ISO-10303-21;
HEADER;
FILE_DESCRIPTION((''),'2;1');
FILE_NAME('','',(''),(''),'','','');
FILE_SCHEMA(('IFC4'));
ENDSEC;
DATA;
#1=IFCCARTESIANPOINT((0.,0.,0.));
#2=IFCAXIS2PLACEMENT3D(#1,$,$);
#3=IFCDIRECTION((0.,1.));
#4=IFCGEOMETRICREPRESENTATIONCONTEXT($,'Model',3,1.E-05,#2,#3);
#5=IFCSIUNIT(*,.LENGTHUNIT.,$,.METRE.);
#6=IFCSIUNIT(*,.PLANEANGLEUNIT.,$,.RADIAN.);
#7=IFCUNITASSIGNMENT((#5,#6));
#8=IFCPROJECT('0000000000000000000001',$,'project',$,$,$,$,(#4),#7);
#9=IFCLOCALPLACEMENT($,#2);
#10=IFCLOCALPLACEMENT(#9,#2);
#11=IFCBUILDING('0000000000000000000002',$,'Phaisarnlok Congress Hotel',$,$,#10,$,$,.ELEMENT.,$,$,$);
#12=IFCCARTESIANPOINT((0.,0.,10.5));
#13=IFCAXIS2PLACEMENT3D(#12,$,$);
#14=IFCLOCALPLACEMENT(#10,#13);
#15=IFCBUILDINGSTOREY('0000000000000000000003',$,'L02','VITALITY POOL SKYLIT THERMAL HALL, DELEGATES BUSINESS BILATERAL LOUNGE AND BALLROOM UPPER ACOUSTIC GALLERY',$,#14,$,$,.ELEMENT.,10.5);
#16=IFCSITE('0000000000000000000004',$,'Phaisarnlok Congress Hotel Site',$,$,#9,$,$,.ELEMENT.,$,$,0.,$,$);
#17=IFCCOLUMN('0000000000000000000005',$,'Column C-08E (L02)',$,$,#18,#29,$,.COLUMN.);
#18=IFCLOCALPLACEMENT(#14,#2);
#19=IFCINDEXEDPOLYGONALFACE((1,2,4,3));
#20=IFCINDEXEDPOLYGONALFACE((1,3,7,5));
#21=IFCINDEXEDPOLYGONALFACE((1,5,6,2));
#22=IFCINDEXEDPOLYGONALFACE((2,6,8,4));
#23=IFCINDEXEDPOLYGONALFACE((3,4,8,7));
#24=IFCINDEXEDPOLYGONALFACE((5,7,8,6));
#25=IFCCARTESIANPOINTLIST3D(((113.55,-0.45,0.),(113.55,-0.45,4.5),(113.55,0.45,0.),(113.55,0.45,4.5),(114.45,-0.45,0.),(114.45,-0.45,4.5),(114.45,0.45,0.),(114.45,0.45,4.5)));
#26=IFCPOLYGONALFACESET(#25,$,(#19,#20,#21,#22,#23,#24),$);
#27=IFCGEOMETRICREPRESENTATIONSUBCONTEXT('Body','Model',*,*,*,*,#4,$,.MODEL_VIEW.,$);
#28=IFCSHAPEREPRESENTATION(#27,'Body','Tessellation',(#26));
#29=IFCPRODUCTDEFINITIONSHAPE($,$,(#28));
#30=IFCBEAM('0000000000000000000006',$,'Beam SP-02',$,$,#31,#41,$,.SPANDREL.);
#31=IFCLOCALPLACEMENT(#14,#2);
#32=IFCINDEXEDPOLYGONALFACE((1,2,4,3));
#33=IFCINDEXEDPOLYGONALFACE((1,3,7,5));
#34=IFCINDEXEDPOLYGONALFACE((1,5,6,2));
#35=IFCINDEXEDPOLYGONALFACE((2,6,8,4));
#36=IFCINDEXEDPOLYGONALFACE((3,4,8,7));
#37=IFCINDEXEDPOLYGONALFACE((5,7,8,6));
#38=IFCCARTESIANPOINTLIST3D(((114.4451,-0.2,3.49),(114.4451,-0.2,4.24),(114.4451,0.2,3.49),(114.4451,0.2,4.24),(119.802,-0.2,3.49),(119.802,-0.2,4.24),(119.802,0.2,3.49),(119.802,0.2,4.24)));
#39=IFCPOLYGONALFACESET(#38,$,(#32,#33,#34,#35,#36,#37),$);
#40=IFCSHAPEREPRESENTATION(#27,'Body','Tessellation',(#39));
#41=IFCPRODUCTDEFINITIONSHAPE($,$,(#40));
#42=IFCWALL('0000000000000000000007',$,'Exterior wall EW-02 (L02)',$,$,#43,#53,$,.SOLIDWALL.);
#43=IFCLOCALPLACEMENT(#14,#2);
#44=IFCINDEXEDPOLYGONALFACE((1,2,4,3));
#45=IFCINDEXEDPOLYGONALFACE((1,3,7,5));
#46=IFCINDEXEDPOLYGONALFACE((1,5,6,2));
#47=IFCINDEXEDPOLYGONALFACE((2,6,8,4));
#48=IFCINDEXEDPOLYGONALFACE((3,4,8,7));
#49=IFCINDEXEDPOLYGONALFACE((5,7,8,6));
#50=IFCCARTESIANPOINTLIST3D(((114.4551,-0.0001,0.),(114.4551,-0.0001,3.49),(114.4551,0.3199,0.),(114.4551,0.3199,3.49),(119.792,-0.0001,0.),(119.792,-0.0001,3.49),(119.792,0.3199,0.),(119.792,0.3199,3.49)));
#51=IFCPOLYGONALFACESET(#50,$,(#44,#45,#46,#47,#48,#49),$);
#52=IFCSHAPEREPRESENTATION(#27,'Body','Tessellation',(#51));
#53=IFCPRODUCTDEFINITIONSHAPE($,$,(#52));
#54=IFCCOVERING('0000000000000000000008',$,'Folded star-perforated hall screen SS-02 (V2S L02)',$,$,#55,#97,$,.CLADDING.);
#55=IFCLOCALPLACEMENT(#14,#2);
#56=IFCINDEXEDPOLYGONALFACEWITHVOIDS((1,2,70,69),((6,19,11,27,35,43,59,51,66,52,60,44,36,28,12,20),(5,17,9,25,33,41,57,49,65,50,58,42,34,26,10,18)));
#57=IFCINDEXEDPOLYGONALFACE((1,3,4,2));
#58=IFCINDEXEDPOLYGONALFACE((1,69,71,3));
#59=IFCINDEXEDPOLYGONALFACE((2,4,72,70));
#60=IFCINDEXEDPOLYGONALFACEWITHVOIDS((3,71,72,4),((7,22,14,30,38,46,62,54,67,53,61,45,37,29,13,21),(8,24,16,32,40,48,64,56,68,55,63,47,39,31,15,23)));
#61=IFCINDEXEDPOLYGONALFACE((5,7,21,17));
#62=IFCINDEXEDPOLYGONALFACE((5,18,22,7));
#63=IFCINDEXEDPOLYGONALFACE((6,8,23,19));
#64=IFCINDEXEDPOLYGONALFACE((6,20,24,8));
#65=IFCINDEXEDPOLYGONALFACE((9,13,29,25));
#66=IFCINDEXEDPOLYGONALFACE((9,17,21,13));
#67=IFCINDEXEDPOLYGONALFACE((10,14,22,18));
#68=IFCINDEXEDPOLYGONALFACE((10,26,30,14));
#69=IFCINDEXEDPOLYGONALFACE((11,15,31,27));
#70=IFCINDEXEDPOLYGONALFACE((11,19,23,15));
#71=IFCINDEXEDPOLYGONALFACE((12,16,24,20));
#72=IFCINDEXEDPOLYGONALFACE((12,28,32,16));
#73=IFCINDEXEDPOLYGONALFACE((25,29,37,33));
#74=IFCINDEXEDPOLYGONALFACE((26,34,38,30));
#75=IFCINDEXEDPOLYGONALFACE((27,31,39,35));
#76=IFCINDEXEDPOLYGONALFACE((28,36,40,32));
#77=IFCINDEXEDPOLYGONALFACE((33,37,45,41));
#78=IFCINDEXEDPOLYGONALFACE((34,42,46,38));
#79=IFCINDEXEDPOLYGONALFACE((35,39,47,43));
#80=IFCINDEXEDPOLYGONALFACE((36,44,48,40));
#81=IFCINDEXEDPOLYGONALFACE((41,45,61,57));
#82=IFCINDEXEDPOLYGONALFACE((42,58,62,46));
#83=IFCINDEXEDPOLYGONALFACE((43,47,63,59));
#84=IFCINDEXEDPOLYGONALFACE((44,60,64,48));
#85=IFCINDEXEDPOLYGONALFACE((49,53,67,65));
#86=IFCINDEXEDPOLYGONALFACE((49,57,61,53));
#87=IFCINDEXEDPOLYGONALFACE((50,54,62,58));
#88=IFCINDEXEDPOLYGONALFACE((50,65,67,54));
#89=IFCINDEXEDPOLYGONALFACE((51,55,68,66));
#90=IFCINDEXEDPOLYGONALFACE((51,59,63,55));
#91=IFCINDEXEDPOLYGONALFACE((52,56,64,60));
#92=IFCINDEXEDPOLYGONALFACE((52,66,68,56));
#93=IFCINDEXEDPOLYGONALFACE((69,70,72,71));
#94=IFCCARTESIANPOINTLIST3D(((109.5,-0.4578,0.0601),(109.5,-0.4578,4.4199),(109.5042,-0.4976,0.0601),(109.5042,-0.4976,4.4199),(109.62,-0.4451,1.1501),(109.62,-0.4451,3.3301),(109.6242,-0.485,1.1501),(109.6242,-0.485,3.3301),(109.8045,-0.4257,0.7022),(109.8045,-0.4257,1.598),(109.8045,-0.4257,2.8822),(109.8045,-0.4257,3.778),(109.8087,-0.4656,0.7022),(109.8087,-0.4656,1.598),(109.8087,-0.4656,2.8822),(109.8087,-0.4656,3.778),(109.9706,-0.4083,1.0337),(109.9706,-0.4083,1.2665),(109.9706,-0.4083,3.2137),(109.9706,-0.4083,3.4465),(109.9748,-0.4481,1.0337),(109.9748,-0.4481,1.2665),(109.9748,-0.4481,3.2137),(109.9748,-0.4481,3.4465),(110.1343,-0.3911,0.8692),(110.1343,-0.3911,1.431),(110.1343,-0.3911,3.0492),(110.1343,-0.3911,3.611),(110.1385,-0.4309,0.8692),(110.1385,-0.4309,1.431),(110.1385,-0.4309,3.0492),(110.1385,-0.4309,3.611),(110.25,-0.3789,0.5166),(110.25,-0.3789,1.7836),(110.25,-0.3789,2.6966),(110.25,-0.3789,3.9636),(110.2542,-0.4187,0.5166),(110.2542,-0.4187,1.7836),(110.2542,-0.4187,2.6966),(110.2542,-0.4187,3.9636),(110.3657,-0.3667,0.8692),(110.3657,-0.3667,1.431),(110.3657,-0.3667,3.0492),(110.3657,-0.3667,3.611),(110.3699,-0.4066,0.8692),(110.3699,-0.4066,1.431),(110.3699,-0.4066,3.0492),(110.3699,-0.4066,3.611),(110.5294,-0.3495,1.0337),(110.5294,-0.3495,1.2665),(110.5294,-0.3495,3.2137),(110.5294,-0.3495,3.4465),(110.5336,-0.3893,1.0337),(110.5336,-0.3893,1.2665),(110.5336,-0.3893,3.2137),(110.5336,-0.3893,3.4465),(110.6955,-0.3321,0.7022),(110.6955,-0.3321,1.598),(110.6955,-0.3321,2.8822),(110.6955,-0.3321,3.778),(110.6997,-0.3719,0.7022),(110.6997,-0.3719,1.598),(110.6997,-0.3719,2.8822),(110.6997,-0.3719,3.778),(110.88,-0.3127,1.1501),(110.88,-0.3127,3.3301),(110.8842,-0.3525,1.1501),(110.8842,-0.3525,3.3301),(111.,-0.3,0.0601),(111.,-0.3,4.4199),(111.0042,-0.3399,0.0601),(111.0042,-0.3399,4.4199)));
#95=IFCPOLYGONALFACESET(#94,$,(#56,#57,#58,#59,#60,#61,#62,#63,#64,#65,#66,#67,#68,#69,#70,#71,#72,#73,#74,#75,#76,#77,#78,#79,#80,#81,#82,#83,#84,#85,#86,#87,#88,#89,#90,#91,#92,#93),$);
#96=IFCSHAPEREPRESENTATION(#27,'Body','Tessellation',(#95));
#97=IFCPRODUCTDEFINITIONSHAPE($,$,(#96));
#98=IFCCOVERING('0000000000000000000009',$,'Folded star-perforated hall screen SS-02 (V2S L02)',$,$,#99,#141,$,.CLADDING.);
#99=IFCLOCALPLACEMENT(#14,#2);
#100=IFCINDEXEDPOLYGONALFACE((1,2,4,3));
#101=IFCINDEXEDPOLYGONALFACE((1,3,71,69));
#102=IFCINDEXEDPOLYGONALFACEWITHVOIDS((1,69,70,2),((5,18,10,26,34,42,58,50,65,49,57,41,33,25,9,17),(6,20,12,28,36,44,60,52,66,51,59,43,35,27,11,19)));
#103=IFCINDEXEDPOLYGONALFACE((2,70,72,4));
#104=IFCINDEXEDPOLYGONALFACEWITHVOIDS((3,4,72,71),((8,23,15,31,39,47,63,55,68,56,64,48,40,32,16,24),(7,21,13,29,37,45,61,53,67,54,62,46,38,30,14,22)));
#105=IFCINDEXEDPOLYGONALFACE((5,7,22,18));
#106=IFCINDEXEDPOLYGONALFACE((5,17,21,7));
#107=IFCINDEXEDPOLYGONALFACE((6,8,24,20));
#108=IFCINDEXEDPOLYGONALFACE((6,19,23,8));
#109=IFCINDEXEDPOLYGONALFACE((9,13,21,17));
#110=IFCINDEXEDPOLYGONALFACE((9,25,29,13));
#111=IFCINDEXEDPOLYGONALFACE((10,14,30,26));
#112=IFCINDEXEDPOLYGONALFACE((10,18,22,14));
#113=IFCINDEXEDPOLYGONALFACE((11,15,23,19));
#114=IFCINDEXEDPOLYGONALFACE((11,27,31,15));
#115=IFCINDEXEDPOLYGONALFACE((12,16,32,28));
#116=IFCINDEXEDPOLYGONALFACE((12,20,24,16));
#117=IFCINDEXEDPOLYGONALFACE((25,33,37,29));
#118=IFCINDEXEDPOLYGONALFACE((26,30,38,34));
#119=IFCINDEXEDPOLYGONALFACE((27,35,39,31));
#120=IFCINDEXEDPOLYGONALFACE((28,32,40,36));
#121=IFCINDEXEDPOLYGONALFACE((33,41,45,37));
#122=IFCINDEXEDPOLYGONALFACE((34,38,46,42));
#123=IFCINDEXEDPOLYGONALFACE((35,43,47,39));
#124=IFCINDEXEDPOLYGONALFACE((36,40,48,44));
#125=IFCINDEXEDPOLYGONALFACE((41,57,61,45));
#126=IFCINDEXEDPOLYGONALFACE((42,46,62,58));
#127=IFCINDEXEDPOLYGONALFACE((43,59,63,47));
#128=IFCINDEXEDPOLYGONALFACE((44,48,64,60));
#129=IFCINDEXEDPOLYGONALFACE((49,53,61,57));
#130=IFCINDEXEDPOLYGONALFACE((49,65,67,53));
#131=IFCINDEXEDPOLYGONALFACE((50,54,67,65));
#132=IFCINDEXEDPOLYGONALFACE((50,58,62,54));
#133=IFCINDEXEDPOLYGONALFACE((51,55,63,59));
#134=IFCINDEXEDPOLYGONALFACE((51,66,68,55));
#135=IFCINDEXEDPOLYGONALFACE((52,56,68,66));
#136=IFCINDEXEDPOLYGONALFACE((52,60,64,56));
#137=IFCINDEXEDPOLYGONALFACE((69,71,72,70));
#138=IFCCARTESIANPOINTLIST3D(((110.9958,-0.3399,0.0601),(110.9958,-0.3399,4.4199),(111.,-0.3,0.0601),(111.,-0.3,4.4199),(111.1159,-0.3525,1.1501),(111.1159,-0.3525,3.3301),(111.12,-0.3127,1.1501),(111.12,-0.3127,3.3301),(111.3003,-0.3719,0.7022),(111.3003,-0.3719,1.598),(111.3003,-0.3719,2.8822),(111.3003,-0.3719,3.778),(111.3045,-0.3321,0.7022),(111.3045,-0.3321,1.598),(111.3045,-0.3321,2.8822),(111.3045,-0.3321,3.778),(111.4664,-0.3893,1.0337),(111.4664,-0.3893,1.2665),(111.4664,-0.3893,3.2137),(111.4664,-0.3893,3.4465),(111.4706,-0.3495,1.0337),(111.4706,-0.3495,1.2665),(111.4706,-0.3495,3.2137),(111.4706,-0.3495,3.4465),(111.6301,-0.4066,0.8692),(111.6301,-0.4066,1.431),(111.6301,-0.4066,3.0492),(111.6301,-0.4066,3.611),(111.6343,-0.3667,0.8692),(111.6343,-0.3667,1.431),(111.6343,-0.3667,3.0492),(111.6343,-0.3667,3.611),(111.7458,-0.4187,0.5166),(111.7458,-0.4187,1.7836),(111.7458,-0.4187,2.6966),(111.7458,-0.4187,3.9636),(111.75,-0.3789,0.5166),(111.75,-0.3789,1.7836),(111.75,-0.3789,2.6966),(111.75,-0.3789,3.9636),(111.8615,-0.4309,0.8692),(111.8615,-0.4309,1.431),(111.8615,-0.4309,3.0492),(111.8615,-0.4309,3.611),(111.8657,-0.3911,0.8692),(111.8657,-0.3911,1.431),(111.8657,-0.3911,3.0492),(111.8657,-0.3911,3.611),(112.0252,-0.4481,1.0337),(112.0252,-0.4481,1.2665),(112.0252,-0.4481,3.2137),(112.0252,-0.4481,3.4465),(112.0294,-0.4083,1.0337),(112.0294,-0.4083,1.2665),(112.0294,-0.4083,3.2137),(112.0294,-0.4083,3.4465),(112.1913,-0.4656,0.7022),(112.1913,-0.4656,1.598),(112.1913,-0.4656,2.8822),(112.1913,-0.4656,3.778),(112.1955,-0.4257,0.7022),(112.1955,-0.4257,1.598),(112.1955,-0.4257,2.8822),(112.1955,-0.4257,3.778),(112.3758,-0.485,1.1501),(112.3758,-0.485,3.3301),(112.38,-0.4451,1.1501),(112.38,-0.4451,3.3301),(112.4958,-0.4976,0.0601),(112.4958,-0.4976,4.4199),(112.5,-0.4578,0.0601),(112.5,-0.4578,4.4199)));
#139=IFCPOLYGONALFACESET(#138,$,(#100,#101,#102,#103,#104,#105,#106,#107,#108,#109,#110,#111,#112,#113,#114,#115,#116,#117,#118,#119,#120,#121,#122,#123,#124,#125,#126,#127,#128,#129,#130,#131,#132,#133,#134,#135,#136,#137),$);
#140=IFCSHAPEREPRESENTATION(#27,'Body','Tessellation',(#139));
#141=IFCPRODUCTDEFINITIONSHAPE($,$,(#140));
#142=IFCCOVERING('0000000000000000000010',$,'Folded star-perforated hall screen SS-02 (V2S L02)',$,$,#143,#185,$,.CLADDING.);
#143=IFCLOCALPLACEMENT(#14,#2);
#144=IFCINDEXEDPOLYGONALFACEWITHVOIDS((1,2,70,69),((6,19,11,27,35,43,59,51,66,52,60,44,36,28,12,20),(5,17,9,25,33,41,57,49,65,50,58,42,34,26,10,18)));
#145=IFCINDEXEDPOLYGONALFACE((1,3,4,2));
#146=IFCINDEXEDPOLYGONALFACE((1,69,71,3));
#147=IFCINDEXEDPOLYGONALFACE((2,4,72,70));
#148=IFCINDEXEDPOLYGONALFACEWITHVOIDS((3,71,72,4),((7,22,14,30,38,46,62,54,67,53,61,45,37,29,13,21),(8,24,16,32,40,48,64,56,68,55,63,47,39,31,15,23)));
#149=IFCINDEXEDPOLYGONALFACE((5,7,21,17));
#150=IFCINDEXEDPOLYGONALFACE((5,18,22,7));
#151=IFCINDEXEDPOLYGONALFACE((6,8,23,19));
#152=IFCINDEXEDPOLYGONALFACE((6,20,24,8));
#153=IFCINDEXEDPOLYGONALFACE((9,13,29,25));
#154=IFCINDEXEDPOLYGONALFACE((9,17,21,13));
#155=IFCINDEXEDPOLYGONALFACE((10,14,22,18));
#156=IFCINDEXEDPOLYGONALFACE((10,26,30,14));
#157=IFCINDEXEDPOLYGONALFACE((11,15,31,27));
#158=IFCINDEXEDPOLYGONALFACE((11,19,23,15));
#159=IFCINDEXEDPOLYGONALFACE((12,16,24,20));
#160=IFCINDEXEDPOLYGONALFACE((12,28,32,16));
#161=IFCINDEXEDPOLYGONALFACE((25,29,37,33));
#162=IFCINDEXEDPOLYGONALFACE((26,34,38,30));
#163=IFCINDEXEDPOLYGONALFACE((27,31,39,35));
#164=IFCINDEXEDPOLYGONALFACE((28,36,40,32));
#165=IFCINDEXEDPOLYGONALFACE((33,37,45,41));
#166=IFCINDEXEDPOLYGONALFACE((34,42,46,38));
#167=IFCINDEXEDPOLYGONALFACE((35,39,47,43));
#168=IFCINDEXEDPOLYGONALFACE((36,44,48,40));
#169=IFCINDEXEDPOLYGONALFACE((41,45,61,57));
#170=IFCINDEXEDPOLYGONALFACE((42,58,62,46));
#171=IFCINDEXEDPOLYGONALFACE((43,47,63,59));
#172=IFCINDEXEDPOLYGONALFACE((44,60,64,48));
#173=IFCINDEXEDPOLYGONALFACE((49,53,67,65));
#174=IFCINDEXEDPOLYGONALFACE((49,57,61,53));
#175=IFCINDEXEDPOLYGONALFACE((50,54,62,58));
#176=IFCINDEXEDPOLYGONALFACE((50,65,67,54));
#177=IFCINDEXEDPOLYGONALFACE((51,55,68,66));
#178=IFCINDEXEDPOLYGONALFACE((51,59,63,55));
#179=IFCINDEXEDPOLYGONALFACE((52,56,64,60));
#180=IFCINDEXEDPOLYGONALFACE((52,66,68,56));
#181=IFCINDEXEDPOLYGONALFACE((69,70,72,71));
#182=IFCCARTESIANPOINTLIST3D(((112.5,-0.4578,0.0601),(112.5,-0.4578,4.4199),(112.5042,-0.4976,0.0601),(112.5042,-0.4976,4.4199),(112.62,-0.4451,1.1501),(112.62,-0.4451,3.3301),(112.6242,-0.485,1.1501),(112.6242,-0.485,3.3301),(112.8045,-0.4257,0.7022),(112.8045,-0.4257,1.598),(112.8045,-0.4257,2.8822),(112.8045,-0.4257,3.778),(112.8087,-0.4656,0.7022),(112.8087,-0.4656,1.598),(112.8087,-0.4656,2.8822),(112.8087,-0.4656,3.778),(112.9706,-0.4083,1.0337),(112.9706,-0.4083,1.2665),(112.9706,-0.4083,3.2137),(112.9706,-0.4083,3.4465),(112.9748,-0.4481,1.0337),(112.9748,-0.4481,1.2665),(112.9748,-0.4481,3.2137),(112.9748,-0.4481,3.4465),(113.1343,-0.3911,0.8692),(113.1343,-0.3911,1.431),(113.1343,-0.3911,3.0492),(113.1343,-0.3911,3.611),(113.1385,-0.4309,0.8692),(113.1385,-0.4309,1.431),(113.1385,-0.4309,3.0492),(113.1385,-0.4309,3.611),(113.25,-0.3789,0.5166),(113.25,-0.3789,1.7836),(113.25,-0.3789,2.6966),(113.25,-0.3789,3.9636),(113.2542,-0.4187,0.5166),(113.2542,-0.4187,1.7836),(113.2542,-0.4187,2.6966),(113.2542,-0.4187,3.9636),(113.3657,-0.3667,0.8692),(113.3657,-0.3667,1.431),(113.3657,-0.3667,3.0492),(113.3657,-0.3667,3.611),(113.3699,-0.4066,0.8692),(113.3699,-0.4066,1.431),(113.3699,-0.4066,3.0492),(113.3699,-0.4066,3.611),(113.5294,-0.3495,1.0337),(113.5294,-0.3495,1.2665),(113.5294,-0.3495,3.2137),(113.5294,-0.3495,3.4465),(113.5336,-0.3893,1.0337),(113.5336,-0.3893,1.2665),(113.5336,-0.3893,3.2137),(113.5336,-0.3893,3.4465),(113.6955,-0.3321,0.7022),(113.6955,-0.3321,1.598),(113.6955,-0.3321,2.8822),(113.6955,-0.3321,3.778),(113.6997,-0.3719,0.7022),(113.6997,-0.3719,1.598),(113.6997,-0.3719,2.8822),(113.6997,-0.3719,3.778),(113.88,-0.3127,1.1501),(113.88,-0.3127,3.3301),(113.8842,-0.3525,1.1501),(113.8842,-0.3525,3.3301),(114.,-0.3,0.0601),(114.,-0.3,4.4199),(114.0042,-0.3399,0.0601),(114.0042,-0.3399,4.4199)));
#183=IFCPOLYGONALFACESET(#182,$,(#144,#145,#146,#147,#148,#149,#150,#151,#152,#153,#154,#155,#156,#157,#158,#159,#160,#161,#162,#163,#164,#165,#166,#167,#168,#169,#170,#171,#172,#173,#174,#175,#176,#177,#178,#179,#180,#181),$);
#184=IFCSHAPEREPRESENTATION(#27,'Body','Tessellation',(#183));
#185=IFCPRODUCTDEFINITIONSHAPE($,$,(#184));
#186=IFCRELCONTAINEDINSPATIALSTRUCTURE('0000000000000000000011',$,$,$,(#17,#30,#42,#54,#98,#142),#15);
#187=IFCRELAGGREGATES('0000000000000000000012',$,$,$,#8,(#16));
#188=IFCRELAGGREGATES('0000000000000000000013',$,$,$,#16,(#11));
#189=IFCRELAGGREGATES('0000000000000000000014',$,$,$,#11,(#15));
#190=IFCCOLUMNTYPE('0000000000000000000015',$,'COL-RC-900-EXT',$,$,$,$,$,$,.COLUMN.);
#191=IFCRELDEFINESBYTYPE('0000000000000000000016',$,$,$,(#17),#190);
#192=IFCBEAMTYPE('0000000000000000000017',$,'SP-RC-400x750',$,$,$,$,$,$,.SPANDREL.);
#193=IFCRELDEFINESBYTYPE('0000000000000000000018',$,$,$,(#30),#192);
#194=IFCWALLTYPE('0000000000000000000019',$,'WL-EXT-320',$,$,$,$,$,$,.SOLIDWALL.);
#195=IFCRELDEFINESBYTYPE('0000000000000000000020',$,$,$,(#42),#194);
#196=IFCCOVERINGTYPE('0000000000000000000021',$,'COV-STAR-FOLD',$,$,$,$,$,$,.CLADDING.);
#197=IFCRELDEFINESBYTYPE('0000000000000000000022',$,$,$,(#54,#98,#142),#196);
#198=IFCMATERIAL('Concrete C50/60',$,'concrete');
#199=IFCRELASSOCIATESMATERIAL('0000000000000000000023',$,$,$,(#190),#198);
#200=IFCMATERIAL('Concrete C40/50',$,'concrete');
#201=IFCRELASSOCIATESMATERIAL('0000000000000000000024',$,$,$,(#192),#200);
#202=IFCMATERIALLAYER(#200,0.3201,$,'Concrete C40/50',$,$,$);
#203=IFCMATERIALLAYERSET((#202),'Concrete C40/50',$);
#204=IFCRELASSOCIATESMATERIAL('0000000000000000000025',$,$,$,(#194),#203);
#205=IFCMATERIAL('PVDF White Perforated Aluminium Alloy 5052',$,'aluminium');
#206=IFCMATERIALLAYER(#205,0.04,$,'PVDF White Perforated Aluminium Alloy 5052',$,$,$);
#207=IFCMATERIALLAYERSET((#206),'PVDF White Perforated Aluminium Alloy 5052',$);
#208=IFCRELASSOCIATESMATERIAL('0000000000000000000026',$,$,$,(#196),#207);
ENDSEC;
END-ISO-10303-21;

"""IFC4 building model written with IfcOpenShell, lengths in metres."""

from ifc_helpers import new_model, si_unit, direction, frame, frame_2d, origin, origin_2d, place, context, subcontext, project, spatial, polyline, rectangle, outline, extrude, material, layer, layer_set, material_profile, profile_set, type_object, element, save


model = new_model("IFC4")

# Units and contexts
model_context = context("Model", 3, precision=1e-05, world=origin(), true_north=direction((0.0, 1.0)))
body_context = subcontext(model_context, "Body", "Model", "MODEL_VIEW")
ifc_project = project(units=[si_unit("LENGTHUNIT", "METRE"), si_unit("PLANEANGLEUNIT", "RADIAN")], contexts=[model_context])

# Site, building, storey
site_placement = place(None, origin())
site = spatial("IfcSite", under=ifc_project, at=site_placement, Name="Phaisarnlok Congress Hotel Site", CompositionType="ELEMENT", RefElevation=0.0)
building_placement = place(site_placement, origin())
building = spatial("IfcBuilding", under=site, at=building_placement, Name="Phaisarnlok Congress Hotel", CompositionType="ELEMENT")
storey_placement = place(building_placement, frame((0.0, 0.0, 10.5)))
storey = spatial("IfcBuildingStorey", under=building, at=storey_placement, Name="L02", Description="VITALITY POOL SKYLIT THERMAL HALL, DELEGATES BUSINESS BILATERAL LOUNGE AND BALLROOM UPPER ACOUSTIC GALLERY", CompositionType="ELEMENT", Elevation=10.5)

# Column
ifc_material_1 = material(Name="Concrete C50/60", Category="concrete")
ifc_material_profile_1 = material_profile(ifc_material_1, rectangle(XDim=0.8999, YDim=0.8999, at=origin_2d()), Name="RC 900x900")
ifc_profile_set_1 = profile_set([ifc_material_profile_1], Name="Concrete C50/60")
column_type = type_object("IfcColumnType", Name="COL-RC-900-EXT", PredefinedType="COLUMN", material=ifc_profile_set_1)
column_placement = place(storey_placement, frame((114.0, 0.0, 0.0), z_axis=(0.0, 0.0, 1.0), x_axis=(1.0, 0.0, 0.0)))
element("IfcColumn", 1, at=column_placement, inside=storey, type_object=column_type, Name="Column C-08E (L02)", PredefinedType="COLUMN", context=body_context, shape_type="SweptSolid", body=[
    extrude(rectangle(XDim=0.8999, YDim=0.8999, at=origin_2d()), origin(), (0.0, 0.0, 1.0), 4.5),
])

# Beam
ifc_material_2 = material(Name="Concrete C40/50", Category="concrete")
ifc_material_profile_2 = material_profile(ifc_material_2, rectangle(XDim=0.3999, YDim=0.75, at=origin_2d()), Name="RC 400x750")
ifc_profile_set_2 = profile_set([ifc_material_profile_2], Name="Concrete C40/50")
beam_type = type_object("IfcBeamType", Name="SP-RC-400x750", PredefinedType="SPANDREL", material=ifc_profile_set_2)
beam_placement = place(storey_placement, frame((114.4451, 0.0, 3.865), z_axis=(1.0, 0.0, 0.0), x_axis=(0.0, 1.0, 0.0)))
element("IfcBeam", 2, at=beam_placement, inside=storey, type_object=beam_type, Name="Beam SP-02", PredefinedType="SPANDREL", context=body_context, shape_type="SweptSolid", body=[
    extrude(rectangle(XDim=0.3999, YDim=0.75, at=origin_2d()), origin(), (0.0, 0.0, 1.0), 5.3569),
])

# Wall
ifc_layer_1 = layer(ifc_material_2, 0.3201, Name="Concrete C40/50")
ifc_layer_set_1 = layer_set([ifc_layer_1], Name="Concrete C40/50")
wall_type = type_object("IfcWallType", Name="WL-EXT-320", PredefinedType="SOLIDWALL", material=ifc_layer_set_1)
wall_placement = place(storey_placement, frame((114.4551, 0.1599, 0.0), z_axis=(0.0, 0.0, 1.0), x_axis=(1.0, 0.0, 0.0)))
element("IfcWall", 3, at=wall_placement, inside=storey, type_object=wall_type, Name="Exterior wall EW-02 (L02)", PredefinedType="SOLIDWALL", context=body_context, shape_type="SweptSolid", body=[
    extrude(rectangle(XDim=5.3369, YDim=0.3201, at=frame_2d((2.6685, 0.0))), origin(), (0.0, 0.0, 1.0), 3.49),
])

# Coverings
ifc_material_3 = material(Name="PVDF White Perforated Aluminium Alloy 5052", Category="aluminium")
ifc_layer_2 = layer(ifc_material_3, 0.04, Name="PVDF White Perforated Aluminium Alloy 5052")
ifc_layer_set_2 = layer_set([ifc_layer_2], Name="PVDF White Perforated Aluminium Alloy 5052")
covering_type = type_object("IfcCoveringType", Name="COV-STAR-FOLD", PredefinedType="CLADDING", material=ifc_layer_set_2)
for number, where, z_axis, x_axis, name in (
    (4, (109.5, -0.4578, 0.0601), (0.104567, -0.994518, 0.0), (0.994518, 0.104567, 0.0), "Folded star-perforated hall screen SS-02 (V2S L02)"),
    (5, (111.0, -0.3, 0.0601), (-0.104567, -0.994518, 0.0), (0.994518, -0.104567, 0.0), "Folded star-perforated hall screen SS-02 (V2S L02)"),
    (6, (112.5, -0.4578, 0.0601), (0.104567, -0.994518, 0.0), (0.994518, 0.104567, 0.0), "Folded star-perforated hall screen SS-02 (V2S L02)"),
):
    element("IfcCovering", number, at=place(storey_placement, frame(where, z_axis=z_axis, x_axis=x_axis)), inside=storey, type_object=covering_type, Name=name, PredefinedType="CLADDING", context=body_context, shape_type="SweptSolid", body=[
        extrude(outline(polyline([(0.0, 0.0), (1.5083, 0.0), (1.5083, 4.3599), (0.0, 4.3599), (0.0, 0.0)]), holes=[polyline([(1.0351, 0.9736), (1.2021, 0.6421), (0.8705, 0.8091), (0.7541, 0.4565), (0.6378, 0.8091), (0.3062, 0.6421), (0.4732, 0.9736), (0.1207, 1.09), (0.4732, 1.2064), (0.3062, 1.5379), (0.6378, 1.3709), (0.7541, 1.7235), (0.8705, 1.3709), (1.2021, 1.5379), (1.0351, 1.2064), (1.3876, 1.09), (1.0351, 0.9736)]), polyline([(1.0351, 3.1536), (1.2021, 2.8221), (0.8705, 2.9891), (0.7541, 2.6365), (0.6378, 2.9891), (0.3062, 2.8221), (0.4732, 3.1536), (0.1207, 3.27), (0.4732, 3.3864), (0.3062, 3.7179), (0.6378, 3.5509), (0.7541, 3.9035), (0.8705, 3.5509), (1.2021, 3.7179), (1.0351, 3.3864), (1.3876, 3.27), (1.0351, 3.1536)])]), origin(), (0.0, 0.0, 1.0), 0.04),
    ])

save(model, "model.ifc")
